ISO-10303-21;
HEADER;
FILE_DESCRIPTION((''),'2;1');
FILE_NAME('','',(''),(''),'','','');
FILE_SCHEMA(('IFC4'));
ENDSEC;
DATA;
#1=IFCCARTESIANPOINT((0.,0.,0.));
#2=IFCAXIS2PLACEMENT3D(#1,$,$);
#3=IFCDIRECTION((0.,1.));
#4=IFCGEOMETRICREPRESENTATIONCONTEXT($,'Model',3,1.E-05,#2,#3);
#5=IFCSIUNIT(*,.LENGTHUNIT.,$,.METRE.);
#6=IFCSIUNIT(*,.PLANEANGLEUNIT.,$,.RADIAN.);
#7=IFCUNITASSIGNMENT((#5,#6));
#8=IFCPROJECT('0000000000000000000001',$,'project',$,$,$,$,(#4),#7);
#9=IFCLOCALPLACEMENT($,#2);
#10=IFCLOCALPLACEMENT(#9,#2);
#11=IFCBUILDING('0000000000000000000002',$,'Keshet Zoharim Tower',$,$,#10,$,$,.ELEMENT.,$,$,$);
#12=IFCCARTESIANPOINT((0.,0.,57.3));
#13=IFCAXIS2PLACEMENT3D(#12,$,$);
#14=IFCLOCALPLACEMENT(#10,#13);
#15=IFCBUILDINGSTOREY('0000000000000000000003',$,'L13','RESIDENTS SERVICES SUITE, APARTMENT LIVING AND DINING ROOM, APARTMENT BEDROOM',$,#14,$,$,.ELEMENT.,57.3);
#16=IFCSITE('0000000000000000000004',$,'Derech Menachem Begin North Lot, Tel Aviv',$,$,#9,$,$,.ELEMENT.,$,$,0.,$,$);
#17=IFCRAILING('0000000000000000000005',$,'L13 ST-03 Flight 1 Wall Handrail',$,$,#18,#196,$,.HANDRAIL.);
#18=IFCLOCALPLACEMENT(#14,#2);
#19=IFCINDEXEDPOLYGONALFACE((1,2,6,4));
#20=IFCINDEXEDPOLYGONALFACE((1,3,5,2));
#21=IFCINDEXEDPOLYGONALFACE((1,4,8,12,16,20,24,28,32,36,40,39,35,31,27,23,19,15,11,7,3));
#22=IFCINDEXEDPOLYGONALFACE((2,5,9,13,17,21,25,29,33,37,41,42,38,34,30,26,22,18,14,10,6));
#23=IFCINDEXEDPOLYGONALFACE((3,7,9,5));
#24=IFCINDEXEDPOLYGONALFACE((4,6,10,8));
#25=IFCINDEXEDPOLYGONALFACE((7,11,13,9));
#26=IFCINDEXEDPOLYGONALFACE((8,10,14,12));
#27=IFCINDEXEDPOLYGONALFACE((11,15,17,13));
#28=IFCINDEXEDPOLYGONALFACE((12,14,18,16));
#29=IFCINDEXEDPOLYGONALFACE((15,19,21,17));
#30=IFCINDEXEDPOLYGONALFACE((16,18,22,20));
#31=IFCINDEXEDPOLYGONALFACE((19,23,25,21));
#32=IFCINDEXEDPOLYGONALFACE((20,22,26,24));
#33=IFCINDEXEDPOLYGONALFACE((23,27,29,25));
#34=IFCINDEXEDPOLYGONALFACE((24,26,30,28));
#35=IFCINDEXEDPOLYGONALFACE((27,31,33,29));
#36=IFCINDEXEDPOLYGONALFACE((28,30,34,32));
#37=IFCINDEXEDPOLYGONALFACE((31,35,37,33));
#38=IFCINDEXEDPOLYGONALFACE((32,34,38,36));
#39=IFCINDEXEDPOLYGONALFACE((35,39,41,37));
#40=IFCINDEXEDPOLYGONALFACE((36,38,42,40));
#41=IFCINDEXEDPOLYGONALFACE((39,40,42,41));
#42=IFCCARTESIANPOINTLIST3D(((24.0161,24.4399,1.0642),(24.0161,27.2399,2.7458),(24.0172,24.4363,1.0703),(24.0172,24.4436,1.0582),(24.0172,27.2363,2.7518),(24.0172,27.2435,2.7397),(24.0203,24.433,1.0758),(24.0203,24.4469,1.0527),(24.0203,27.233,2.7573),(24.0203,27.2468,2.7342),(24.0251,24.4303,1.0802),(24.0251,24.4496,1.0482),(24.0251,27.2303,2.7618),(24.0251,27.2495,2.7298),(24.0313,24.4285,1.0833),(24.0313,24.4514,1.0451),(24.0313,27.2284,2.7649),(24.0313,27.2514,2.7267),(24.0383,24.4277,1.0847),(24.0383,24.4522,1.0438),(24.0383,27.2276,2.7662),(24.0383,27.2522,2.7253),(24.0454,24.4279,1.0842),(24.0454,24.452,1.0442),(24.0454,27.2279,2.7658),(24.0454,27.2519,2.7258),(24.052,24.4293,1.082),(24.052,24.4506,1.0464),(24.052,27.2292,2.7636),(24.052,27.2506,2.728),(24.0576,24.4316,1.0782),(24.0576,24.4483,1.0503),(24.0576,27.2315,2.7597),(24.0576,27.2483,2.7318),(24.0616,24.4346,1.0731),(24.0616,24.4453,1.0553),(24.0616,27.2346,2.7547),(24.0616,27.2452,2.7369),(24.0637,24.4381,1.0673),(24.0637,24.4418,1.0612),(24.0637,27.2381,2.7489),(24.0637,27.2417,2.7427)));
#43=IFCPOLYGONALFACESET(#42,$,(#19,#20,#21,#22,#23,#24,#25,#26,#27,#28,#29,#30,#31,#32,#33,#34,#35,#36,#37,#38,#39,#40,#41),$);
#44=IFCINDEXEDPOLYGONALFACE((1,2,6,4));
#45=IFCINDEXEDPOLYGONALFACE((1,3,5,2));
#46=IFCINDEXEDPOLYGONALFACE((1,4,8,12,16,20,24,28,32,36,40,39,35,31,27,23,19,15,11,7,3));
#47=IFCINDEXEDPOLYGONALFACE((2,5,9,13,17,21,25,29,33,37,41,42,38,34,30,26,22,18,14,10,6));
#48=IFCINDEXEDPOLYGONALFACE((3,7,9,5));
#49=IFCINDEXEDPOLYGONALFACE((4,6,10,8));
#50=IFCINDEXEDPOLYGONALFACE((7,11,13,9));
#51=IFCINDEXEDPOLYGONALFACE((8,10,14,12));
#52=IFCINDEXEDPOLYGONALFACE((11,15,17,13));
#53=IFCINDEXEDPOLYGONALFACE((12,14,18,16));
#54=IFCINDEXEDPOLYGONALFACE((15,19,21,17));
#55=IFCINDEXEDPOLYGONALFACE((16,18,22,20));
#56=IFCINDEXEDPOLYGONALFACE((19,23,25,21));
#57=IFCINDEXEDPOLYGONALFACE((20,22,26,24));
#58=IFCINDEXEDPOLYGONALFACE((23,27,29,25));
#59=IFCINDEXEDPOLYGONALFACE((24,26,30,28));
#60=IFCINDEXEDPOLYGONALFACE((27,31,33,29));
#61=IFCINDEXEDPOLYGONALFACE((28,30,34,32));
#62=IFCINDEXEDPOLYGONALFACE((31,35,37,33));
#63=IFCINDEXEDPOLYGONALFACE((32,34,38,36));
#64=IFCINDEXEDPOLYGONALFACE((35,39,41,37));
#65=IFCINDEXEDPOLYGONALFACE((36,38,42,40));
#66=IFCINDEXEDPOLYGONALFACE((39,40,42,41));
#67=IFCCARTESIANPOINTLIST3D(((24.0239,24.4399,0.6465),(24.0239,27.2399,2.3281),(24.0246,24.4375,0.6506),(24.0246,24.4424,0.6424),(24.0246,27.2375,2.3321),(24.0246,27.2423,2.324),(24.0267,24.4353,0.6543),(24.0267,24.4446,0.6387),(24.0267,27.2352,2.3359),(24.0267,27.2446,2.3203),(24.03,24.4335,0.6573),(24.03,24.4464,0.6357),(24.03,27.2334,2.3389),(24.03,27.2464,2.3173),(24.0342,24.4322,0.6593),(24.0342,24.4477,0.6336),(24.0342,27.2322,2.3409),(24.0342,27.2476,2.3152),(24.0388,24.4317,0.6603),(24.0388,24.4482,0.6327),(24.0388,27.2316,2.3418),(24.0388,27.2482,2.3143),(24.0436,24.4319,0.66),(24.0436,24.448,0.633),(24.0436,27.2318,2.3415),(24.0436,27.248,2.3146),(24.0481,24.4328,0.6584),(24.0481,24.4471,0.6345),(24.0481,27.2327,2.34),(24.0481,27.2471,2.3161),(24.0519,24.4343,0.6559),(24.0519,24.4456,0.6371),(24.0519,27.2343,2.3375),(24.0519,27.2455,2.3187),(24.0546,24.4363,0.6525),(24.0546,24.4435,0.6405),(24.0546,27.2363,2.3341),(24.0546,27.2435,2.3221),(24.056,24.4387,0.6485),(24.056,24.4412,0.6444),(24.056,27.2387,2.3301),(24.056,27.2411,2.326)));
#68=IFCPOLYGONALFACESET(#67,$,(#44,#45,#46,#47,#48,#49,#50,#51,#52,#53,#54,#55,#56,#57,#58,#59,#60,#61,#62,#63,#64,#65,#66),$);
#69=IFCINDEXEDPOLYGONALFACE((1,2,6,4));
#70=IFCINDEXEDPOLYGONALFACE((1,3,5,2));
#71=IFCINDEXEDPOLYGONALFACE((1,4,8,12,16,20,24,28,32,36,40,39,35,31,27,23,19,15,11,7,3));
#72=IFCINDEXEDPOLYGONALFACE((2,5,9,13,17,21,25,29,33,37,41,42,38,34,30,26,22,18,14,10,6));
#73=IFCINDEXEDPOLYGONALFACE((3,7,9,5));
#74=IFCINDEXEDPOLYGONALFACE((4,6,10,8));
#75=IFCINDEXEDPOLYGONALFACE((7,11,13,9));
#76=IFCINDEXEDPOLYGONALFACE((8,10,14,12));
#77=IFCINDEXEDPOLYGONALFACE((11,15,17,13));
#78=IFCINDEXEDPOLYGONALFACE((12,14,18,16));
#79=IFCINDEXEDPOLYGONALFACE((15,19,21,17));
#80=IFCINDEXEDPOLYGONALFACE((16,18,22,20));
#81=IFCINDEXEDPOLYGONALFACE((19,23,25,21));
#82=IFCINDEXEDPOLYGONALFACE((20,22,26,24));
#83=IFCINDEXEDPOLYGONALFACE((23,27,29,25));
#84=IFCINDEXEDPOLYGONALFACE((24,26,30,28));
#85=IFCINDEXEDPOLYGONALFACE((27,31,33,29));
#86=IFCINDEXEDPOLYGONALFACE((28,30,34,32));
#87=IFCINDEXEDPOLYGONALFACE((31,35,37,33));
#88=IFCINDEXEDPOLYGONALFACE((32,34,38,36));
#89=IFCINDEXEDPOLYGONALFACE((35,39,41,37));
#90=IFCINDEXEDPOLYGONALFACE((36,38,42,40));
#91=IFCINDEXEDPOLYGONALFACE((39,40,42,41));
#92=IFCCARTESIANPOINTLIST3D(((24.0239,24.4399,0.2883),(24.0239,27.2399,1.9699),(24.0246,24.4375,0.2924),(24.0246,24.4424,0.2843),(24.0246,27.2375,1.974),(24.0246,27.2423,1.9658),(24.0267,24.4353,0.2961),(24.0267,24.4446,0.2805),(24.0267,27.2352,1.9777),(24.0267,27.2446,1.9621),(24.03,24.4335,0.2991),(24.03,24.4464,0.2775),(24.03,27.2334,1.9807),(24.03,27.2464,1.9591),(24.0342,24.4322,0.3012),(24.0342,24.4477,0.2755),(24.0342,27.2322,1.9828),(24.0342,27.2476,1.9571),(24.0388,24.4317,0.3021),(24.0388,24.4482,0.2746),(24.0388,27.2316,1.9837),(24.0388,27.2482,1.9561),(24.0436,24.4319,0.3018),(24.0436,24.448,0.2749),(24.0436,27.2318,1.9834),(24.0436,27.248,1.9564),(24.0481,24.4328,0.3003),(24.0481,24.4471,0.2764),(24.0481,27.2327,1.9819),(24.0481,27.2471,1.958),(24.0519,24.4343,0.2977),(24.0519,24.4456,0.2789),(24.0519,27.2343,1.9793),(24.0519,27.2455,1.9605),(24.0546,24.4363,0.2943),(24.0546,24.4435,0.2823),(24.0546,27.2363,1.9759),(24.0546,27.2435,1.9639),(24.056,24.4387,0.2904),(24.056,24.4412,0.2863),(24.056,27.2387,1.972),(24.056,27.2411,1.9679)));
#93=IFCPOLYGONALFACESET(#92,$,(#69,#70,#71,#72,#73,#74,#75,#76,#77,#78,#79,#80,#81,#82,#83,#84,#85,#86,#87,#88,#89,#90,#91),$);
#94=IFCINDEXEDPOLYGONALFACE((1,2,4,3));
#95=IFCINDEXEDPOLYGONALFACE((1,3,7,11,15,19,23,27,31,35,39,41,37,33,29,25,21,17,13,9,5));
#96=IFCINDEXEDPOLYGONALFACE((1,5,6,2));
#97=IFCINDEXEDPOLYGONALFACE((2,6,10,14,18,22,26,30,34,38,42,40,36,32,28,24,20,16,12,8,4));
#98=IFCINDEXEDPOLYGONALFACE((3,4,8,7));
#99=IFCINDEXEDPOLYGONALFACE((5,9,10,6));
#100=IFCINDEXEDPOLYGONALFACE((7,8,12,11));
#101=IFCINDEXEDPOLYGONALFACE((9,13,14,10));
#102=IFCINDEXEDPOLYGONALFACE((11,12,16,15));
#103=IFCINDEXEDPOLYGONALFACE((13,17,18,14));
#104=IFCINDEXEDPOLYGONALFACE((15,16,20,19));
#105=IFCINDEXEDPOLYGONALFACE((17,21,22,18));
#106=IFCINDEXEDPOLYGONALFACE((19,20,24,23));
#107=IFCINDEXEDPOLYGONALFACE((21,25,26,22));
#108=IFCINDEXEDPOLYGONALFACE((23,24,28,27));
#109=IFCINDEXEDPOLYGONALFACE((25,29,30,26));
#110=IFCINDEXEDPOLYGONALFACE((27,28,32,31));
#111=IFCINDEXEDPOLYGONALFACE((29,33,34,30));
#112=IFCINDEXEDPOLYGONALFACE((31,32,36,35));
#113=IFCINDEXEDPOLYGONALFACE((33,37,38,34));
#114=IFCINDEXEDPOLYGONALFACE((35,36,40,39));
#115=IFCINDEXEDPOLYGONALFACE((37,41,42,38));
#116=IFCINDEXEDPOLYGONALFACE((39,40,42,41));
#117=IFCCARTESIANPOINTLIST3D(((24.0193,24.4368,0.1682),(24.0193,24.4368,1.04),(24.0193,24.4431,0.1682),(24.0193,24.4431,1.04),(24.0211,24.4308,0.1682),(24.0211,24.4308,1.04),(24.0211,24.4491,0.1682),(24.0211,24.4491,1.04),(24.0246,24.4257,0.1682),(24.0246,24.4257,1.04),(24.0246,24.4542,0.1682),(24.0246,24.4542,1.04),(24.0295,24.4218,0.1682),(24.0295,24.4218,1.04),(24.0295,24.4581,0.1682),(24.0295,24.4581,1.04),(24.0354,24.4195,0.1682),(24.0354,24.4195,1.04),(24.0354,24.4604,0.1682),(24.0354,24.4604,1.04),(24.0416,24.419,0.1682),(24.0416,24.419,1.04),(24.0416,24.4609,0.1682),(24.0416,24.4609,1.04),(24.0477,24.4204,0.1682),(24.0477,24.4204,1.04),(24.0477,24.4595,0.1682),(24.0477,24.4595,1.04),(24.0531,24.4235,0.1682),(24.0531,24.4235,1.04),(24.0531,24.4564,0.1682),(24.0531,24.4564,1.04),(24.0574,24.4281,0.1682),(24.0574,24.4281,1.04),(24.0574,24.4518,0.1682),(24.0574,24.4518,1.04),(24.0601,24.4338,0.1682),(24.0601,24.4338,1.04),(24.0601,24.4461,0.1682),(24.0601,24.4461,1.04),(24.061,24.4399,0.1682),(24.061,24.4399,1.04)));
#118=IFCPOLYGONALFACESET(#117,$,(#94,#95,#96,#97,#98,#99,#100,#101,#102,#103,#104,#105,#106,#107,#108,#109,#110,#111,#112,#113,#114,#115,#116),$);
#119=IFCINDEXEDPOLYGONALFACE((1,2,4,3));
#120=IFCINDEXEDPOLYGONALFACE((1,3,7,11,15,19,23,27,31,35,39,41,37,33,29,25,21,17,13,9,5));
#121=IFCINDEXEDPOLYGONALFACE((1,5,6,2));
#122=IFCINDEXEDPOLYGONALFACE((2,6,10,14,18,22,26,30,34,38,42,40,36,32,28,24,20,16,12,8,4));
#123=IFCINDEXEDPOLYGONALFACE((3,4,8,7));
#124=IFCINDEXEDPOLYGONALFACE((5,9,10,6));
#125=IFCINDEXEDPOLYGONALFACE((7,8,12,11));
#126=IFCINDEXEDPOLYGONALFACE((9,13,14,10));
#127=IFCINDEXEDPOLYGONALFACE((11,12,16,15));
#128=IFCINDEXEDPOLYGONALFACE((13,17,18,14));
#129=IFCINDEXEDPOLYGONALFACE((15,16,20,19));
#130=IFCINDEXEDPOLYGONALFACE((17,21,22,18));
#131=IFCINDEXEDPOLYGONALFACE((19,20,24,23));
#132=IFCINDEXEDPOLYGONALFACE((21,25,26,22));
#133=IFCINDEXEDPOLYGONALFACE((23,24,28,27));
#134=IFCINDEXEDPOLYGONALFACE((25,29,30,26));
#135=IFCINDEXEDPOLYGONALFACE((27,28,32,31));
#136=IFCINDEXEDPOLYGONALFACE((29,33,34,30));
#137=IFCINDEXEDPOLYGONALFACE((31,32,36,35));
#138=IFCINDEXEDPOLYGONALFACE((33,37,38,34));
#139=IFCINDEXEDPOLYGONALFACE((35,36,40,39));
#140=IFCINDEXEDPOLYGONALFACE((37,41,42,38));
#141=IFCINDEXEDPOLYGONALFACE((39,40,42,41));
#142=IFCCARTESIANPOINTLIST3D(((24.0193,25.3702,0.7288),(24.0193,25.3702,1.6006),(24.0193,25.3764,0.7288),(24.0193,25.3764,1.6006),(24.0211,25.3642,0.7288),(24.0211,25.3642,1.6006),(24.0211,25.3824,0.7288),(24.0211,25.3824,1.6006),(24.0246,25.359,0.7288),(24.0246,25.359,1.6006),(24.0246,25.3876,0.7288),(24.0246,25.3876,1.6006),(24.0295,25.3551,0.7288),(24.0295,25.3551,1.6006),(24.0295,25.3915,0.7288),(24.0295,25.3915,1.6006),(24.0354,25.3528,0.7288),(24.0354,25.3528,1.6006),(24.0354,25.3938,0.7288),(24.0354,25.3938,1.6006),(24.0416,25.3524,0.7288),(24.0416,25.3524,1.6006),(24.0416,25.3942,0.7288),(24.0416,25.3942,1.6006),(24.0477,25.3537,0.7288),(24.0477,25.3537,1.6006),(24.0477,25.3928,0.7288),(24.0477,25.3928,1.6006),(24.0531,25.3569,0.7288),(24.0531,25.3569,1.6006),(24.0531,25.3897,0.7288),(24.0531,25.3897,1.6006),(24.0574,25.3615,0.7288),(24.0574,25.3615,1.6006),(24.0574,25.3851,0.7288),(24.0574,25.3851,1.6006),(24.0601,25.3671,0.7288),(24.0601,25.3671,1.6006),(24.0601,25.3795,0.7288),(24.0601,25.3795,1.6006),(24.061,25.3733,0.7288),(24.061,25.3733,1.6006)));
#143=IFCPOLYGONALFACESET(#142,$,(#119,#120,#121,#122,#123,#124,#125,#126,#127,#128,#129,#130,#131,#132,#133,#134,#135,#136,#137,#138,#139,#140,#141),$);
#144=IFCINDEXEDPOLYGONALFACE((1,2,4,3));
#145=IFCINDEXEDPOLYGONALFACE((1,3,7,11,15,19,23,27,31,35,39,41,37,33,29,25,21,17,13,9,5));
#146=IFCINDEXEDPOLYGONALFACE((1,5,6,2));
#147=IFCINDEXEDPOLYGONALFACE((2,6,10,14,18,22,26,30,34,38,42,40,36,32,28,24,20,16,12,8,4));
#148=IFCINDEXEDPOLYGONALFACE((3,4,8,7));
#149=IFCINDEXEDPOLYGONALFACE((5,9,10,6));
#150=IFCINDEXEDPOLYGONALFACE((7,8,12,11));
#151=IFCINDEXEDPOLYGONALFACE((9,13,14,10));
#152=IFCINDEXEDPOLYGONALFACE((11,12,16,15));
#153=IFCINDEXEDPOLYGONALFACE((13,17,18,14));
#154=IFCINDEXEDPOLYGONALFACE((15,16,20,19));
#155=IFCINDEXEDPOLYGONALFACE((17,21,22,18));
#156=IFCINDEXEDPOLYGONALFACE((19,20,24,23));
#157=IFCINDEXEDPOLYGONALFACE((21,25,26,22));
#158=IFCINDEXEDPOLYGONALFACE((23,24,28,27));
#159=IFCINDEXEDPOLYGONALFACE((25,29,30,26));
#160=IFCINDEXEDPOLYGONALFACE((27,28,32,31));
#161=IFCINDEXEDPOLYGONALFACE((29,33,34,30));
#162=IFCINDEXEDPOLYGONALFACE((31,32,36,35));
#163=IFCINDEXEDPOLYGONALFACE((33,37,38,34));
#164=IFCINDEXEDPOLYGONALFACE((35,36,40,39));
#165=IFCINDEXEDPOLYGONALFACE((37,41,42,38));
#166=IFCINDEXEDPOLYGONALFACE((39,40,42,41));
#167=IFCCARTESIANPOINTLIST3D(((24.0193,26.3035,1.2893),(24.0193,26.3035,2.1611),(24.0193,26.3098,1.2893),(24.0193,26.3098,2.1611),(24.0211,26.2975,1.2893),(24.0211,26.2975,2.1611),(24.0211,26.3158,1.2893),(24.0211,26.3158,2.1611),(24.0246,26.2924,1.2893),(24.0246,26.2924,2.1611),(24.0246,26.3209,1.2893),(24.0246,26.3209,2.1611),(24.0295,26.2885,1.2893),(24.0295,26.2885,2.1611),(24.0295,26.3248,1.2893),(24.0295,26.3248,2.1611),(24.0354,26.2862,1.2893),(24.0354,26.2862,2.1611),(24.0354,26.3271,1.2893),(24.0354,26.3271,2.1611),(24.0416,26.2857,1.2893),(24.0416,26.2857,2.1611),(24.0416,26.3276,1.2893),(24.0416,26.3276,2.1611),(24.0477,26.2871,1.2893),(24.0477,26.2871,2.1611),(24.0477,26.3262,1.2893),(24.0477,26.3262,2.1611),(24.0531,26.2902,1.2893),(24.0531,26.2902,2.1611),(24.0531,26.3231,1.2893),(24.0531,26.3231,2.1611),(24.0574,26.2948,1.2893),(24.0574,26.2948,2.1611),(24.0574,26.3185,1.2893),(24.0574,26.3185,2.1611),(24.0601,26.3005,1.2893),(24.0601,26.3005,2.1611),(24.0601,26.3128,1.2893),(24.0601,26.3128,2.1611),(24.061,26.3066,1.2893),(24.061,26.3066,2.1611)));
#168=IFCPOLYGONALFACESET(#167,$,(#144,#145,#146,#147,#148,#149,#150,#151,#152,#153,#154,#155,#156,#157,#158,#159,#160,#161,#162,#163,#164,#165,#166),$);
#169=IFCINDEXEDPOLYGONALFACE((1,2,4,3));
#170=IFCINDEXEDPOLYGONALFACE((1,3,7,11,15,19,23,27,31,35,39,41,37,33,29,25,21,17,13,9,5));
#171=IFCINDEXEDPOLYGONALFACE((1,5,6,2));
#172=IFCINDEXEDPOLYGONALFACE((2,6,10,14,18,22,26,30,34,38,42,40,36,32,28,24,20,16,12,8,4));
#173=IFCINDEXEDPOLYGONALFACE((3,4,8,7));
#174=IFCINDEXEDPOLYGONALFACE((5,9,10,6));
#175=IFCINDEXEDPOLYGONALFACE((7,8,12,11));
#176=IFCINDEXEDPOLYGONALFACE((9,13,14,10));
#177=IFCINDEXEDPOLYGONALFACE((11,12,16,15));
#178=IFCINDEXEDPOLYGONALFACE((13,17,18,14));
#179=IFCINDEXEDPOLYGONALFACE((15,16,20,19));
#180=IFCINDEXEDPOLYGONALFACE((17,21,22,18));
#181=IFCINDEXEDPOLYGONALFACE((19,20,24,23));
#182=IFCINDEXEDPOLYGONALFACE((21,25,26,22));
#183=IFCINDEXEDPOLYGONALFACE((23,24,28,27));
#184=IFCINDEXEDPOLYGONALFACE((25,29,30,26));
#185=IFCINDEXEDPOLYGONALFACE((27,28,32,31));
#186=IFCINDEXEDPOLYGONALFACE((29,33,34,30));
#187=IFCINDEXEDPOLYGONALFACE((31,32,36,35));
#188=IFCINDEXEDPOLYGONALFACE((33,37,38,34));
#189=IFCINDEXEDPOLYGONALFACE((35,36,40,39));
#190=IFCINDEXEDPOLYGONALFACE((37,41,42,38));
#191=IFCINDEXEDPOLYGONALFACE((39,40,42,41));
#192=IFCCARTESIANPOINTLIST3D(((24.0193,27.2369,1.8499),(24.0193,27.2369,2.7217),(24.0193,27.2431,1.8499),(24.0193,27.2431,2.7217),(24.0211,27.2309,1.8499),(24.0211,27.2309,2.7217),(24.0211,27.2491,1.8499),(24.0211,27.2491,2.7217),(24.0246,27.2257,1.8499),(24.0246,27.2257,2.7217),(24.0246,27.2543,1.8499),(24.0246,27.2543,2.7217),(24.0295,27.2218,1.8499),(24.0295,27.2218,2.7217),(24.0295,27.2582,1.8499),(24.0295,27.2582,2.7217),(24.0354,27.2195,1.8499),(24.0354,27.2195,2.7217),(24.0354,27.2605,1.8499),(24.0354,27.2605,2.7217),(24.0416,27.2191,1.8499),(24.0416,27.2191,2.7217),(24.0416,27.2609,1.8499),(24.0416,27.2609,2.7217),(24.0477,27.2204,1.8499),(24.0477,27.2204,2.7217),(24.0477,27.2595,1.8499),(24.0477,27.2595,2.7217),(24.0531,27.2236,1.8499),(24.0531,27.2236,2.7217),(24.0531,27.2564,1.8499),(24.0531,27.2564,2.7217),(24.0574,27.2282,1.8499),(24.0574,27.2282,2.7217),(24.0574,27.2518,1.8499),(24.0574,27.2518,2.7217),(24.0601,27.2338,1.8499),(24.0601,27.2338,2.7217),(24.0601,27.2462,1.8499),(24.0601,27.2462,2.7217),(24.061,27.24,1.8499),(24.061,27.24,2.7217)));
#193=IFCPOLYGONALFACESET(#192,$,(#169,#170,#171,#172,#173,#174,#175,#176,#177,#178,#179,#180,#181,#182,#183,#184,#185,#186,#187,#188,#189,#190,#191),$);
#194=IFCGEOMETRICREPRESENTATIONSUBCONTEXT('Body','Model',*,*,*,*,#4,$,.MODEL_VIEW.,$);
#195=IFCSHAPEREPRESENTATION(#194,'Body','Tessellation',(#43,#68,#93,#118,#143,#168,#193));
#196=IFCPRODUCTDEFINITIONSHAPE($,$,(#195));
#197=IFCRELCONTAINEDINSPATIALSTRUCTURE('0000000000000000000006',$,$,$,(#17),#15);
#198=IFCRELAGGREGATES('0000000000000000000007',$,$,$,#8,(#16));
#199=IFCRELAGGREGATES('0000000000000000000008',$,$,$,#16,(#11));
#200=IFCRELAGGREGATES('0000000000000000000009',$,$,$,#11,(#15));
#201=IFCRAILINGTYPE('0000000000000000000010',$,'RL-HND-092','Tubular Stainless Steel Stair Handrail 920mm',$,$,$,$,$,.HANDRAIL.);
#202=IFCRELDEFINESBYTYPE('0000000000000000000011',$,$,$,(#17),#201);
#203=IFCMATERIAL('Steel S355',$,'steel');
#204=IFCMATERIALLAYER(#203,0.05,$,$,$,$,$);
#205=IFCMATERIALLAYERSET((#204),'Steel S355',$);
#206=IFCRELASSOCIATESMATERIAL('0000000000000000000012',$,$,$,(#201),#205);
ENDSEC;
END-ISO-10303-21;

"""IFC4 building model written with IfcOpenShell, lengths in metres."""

from ifc_helpers import new_model, si_unit, direction, frame, origin, origin_2d, place, context, subcontext, project, spatial, circle, extrude, material, layer, layer_set, type_object, element, save


model = new_model("IFC4")

# Units and contexts
model_context = context("Model", 3, precision=1e-05, world=origin(), true_north=direction((0.0, 1.0)))
body_context = subcontext(model_context, "Body", "Model", "MODEL_VIEW")
ifc_project = project(units=[si_unit("LENGTHUNIT", "METRE"), si_unit("PLANEANGLEUNIT", "RADIAN")], contexts=[model_context])

# Site, building, storey
site_placement = place(None, origin())
site = spatial("IfcSite", under=ifc_project, at=site_placement, Name="Derech Menachem Begin North Lot, Tel Aviv", CompositionType="ELEMENT", RefElevation=0.0)
building_placement = place(site_placement, origin())
building = spatial("IfcBuilding", under=site, at=building_placement, Name="Keshet Zoharim Tower", CompositionType="ELEMENT")
storey_placement = place(building_placement, frame((0.0, 0.0, 57.3)))
storey = spatial("IfcBuildingStorey", under=building, at=storey_placement, Name="L13", Description="RESIDENTS SERVICES SUITE, APARTMENT LIVING AND DINING ROOM, APARTMENT BEDROOM", CompositionType="ELEMENT", Elevation=57.3)

# Shared definitions
ifc_material_1 = material(Name="Steel S355", Category="steel")

# Railing
ifc_layer_1 = layer(ifc_material_1, 0.05)
ifc_layer_set_1 = layer_set([ifc_layer_1], Name="Steel S355")
railing_type_1 = type_object("IfcRailingType", Name="RL-HND-092", Description="Tubular Stainless Steel Stair Handrail 920mm", PredefinedType="HANDRAIL", material=ifc_layer_set_1)
railing_1_placement = place(storey_placement, frame((24.04, 24.4399, 0.1682)))
element("IfcRailing", 1, at=railing_1_placement, inside=storey, type_object=railing_type_1, Name="L13 ST-03 Flight 1 Wall Handrail", PredefinedType="HANDRAIL", context=body_context, shape_type="SweptSolid", body=[
    extrude(circle(Radius=0.0239, at=origin_2d()), frame((0.0, 0.0, 0.896), z_axis=(0.0, 0.857275, 0.514858), x_axis=(-1.0, 0.0, 0.0)), (0.0, 0.0, 1.0), 3.2661),
    extrude(circle(Radius=0.0161, at=origin_2d()), frame((0.0, 0.0, 0.4783), z_axis=(0.0, 0.857275, 0.514858), x_axis=(-1.0, 0.0, 0.0)), (0.0, 0.0, 1.0), 3.2661),
    extrude(circle(Radius=0.0161, at=origin_2d()), frame((0.0, 0.0, 0.1201), z_axis=(0.0, 0.857275, 0.514858), x_axis=(-1.0, 0.0, 0.0)), (0.0, 0.0, 1.0), 3.2661),
    extrude(circle(Radius=0.021, at=origin_2d()), origin(), (0.0, 0.0, 1.0), 0.8718),
    extrude(circle(Radius=0.021, at=origin_2d()), frame((0.0, 0.9333, 0.5605)), (0.0, 0.0, 1.0), 0.8718),
    extrude(circle(Radius=0.021, at=origin_2d()), frame((0.0, 1.8667, 1.1211)), (0.0, 0.0, 1.0), 0.8718),
    extrude(circle(Radius=0.021, at=origin_2d()), frame((0.0, 2.8, 1.6816)), (0.0, 0.0, 1.0), 0.8718),
])

save(model, "model.ifc")
